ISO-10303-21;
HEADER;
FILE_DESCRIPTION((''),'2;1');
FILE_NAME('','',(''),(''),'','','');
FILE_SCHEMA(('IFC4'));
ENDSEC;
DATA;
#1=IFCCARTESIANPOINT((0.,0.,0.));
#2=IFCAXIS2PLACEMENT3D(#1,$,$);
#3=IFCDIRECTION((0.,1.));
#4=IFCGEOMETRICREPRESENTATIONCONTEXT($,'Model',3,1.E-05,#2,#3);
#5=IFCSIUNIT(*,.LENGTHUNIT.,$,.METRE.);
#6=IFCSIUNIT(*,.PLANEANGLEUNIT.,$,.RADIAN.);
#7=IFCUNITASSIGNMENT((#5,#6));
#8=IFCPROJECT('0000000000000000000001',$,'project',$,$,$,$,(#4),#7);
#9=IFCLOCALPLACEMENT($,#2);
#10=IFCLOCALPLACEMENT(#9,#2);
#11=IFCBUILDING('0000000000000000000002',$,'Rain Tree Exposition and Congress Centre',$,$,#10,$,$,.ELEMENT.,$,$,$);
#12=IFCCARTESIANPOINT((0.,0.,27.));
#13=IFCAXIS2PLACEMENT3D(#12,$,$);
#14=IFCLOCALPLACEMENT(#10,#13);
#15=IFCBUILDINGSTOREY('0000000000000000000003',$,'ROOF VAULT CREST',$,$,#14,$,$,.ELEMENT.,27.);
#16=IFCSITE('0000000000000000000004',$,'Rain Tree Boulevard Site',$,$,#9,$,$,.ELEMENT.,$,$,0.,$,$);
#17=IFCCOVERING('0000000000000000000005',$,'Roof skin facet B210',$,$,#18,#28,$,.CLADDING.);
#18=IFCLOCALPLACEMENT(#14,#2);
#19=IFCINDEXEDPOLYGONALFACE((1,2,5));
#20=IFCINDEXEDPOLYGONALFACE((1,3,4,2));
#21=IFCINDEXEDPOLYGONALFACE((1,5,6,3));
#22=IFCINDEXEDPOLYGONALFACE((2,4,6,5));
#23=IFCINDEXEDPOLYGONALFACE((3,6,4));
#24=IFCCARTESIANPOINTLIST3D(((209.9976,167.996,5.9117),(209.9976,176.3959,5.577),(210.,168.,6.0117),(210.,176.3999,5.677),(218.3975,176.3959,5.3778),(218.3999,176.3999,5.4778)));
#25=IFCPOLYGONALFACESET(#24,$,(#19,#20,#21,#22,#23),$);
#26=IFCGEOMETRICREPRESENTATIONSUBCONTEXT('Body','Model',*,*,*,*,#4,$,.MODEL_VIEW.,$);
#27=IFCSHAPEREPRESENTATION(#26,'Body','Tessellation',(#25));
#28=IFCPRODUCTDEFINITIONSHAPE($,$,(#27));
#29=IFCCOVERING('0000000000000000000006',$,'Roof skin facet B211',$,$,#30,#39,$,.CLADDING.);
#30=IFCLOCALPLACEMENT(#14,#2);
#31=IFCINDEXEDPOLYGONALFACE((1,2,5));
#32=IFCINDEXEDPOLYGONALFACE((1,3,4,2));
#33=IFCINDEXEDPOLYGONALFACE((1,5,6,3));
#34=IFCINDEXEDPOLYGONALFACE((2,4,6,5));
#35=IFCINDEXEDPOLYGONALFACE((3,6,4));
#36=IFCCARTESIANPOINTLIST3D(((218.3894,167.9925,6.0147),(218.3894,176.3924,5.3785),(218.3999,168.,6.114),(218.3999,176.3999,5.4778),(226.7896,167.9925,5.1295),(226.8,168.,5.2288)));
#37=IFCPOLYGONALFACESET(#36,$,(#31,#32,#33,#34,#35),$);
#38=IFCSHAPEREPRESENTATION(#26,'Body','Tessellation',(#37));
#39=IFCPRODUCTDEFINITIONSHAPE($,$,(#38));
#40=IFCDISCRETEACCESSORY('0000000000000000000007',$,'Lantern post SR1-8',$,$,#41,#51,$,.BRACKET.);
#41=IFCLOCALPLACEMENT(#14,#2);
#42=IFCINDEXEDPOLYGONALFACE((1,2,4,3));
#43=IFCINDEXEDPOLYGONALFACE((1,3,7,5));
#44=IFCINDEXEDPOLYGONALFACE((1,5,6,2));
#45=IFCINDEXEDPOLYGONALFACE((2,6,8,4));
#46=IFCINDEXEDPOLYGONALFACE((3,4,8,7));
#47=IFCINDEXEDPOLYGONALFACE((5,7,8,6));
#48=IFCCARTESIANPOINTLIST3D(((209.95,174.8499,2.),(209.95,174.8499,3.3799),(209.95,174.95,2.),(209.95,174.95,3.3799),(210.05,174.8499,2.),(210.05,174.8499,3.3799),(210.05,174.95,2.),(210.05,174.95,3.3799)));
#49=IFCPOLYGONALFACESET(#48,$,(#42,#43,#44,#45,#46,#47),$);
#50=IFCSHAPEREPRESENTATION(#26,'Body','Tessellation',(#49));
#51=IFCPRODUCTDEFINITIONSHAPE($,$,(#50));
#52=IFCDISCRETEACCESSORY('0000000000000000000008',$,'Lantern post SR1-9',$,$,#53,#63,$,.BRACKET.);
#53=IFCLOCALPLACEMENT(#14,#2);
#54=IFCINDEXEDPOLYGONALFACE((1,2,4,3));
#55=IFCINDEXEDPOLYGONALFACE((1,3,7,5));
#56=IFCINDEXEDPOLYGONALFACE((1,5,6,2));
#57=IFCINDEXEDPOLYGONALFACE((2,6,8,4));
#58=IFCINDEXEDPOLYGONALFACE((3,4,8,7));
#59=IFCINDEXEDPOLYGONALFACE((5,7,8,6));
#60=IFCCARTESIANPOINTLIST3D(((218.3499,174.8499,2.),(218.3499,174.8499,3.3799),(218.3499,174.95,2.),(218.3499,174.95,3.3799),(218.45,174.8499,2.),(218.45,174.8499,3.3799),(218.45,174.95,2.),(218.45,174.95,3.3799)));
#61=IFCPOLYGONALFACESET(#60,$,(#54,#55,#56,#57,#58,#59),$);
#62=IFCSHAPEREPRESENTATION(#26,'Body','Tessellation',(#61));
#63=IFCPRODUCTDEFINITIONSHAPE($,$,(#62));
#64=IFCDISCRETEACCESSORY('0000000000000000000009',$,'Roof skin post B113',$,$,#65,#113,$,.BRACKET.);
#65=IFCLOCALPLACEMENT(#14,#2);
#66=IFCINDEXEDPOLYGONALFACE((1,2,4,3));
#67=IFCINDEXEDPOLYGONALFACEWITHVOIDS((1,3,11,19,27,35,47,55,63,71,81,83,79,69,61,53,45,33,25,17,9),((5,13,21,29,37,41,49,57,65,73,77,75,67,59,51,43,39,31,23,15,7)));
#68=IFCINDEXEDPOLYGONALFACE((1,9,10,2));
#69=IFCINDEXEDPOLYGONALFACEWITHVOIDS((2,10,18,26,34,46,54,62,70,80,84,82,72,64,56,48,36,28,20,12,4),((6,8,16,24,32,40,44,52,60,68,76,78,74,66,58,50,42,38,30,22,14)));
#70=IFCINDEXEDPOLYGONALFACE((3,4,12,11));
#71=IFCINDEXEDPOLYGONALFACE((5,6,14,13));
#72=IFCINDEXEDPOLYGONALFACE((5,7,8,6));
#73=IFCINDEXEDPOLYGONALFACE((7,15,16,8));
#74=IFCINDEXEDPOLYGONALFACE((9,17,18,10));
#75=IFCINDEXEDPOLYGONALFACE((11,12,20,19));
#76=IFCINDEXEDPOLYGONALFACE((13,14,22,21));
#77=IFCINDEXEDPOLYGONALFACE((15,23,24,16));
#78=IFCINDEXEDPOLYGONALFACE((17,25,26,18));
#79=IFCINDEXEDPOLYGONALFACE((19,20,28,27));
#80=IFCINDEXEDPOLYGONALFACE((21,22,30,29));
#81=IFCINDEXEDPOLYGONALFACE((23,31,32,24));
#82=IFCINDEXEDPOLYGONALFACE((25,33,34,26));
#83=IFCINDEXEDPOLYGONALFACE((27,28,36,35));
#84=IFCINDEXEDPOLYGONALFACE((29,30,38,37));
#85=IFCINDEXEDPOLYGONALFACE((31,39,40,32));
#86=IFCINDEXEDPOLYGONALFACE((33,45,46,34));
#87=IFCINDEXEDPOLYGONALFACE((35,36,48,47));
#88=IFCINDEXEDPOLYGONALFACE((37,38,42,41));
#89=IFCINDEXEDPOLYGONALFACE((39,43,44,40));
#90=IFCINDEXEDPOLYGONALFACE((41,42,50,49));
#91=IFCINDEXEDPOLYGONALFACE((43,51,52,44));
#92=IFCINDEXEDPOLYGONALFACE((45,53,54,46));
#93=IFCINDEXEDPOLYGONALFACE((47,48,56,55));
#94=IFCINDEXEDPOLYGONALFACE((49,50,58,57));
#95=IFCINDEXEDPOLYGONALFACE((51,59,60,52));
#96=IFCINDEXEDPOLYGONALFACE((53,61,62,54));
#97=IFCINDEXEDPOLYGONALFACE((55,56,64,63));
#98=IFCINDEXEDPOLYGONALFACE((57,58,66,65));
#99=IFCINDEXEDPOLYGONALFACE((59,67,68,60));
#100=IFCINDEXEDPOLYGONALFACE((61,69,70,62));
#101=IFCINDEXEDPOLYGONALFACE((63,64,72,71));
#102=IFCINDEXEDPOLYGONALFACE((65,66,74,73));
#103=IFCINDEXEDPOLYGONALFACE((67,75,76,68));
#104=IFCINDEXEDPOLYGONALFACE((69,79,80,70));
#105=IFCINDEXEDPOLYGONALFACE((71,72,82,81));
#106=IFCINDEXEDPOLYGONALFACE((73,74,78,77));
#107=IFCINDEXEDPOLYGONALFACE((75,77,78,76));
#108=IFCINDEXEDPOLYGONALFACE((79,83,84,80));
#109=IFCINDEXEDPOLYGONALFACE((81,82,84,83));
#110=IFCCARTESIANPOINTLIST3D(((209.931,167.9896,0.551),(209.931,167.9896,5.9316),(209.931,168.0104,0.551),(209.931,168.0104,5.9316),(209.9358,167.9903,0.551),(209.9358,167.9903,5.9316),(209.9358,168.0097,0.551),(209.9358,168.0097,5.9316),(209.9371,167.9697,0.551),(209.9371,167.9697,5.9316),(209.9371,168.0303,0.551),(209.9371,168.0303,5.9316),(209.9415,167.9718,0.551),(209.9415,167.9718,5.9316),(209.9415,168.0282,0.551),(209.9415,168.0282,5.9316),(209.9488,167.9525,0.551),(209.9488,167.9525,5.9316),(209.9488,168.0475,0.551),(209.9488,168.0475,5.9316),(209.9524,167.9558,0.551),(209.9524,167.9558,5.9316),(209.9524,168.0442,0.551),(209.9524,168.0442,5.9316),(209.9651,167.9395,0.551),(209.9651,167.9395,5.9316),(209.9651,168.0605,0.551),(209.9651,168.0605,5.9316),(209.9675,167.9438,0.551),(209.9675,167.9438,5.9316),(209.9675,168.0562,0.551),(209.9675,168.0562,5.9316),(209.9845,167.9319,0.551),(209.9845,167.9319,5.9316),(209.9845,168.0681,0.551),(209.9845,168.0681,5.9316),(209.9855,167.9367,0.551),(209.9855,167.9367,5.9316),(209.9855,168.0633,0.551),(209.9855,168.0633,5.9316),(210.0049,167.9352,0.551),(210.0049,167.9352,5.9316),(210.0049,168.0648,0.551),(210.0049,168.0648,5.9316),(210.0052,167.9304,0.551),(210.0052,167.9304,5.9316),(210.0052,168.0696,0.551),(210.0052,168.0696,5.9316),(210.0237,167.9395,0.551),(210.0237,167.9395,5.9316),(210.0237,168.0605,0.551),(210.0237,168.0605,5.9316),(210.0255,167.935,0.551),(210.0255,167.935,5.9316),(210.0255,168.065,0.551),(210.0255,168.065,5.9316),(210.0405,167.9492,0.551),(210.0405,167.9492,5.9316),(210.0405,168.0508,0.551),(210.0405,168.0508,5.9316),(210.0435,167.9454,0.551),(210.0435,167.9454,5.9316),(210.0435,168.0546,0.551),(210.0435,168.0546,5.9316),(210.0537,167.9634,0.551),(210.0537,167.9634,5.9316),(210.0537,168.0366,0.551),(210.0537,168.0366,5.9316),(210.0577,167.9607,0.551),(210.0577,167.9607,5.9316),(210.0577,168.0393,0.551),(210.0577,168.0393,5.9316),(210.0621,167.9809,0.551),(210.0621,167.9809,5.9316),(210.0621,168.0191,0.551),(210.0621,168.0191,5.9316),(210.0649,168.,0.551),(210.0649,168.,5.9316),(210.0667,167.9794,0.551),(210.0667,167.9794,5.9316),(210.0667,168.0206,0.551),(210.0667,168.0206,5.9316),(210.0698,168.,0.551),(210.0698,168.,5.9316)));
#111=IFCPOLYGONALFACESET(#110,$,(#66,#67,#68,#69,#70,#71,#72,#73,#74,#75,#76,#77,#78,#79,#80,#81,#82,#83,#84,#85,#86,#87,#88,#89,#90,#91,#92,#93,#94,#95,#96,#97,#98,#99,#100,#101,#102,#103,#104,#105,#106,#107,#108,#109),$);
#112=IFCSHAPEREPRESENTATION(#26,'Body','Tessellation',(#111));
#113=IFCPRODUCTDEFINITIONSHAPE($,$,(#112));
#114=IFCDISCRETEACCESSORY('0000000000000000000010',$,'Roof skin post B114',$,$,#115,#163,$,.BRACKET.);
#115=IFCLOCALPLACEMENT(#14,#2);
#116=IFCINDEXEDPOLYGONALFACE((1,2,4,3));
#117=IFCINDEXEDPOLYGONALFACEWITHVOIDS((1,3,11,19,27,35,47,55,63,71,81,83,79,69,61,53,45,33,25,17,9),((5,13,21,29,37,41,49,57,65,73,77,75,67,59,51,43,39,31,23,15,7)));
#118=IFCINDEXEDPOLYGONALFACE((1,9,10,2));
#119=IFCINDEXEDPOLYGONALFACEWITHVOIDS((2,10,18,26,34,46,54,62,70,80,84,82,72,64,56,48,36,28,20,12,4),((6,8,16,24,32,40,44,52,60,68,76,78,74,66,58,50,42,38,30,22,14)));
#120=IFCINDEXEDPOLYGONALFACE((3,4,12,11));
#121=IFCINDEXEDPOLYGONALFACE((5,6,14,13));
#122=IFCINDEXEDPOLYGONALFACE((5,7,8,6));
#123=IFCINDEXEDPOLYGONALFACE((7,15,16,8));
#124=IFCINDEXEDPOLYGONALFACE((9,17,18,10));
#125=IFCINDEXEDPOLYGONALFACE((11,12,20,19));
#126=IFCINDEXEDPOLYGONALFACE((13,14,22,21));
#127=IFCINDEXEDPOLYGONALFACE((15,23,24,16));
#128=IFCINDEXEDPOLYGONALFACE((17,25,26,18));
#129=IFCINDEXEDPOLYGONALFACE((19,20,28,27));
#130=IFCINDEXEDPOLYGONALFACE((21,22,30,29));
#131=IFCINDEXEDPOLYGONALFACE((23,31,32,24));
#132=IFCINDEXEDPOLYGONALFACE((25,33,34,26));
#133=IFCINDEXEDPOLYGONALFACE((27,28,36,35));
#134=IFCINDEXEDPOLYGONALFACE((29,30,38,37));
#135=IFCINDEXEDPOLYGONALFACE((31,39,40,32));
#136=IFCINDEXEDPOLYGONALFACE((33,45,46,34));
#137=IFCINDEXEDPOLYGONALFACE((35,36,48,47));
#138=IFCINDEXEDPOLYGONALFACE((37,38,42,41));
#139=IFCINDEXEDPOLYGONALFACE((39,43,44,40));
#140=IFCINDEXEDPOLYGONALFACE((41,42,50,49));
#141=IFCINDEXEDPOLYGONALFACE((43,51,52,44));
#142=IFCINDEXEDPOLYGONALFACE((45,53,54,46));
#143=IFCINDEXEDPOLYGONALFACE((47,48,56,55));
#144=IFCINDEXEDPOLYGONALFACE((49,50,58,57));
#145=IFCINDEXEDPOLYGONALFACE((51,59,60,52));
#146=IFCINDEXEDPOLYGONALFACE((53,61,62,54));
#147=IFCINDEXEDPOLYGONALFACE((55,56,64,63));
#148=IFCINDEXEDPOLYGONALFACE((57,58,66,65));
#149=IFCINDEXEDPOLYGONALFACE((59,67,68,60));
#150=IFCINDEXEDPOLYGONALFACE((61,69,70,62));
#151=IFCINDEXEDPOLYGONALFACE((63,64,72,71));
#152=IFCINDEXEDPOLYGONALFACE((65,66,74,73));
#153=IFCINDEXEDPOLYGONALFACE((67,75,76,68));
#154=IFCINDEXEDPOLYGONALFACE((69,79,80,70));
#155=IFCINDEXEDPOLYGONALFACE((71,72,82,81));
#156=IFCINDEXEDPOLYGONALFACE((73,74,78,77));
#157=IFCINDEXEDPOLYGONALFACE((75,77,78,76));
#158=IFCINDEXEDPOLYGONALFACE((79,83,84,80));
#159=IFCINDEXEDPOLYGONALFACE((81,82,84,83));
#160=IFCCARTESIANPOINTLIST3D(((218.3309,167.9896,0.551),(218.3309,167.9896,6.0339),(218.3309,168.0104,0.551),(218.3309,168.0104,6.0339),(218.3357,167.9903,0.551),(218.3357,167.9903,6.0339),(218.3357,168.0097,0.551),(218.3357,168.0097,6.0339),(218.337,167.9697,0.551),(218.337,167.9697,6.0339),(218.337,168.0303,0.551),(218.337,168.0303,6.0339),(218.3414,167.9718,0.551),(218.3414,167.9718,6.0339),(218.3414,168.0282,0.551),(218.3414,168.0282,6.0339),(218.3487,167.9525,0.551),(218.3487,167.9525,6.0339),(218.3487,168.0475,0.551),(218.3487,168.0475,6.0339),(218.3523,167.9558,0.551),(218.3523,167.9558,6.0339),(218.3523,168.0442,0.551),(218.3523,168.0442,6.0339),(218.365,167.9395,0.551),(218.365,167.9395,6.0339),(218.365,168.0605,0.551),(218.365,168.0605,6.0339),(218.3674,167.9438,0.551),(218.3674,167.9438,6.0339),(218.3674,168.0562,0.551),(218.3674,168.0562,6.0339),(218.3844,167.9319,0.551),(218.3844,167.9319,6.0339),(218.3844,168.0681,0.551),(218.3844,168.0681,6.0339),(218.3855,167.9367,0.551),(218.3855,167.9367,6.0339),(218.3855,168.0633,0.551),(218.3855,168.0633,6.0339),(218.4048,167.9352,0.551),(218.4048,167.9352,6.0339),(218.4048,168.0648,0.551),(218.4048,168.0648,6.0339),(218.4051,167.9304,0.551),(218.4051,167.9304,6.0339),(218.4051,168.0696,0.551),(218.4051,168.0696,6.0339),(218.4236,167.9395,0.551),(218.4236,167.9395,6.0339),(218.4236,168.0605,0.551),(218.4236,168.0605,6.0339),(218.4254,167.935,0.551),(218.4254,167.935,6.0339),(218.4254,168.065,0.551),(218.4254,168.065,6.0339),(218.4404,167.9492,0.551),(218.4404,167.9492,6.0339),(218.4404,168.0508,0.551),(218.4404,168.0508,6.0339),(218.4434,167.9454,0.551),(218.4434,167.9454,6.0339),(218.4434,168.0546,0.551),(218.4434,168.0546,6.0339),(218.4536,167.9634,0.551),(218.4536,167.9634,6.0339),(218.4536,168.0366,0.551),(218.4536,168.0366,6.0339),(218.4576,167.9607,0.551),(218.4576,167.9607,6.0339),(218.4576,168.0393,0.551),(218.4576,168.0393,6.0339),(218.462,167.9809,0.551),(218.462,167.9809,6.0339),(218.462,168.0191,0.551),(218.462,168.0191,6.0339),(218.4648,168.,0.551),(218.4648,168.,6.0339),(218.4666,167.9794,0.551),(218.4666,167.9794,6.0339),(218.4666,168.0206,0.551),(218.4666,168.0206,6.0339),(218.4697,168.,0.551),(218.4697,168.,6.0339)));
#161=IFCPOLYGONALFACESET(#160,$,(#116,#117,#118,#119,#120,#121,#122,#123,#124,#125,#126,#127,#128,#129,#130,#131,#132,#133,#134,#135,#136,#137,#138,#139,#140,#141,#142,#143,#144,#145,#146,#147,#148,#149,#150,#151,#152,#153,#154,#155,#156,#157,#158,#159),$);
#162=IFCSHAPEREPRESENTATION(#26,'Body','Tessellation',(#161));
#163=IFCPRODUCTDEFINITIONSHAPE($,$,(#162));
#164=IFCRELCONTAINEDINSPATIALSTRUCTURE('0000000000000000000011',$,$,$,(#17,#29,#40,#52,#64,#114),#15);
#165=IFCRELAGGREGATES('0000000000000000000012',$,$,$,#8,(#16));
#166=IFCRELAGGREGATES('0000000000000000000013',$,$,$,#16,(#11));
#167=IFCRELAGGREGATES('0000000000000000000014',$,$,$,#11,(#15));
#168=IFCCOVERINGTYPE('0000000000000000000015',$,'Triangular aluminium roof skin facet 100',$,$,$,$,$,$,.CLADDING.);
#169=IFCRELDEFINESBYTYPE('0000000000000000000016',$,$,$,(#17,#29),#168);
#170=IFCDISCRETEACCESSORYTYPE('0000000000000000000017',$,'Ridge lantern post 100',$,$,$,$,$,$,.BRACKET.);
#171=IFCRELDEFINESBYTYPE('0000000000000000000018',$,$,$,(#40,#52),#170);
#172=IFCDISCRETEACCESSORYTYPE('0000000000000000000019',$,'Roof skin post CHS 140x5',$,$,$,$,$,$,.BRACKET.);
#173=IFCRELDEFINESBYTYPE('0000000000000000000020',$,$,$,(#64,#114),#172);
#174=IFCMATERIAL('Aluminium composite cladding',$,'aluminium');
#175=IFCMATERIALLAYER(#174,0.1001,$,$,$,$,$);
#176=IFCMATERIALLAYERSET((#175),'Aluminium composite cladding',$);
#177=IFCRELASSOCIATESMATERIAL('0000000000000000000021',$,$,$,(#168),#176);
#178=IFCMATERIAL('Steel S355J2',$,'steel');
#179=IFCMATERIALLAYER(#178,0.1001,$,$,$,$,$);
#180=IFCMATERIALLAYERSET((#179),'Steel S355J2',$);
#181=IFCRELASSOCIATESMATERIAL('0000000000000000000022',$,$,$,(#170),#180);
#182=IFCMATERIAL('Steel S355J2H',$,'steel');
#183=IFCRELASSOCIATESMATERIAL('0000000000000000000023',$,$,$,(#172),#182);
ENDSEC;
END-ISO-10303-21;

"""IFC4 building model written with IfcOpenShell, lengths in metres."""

from ifc_helpers import new_model, si_unit, direction, frame, origin, origin_2d, place, context, subcontext, project, spatial, polyline, rectangle, hollow_circle, outline, extrude, material, layer, layer_set, material_profile, profile_set, type_object, element, save


model = new_model("IFC4")

# Units and contexts
model_context = context("Model", 3, precision=1e-05, world=origin(), true_north=direction((0.0, 1.0)))
body_context = subcontext(model_context, "Body", "Model", "MODEL_VIEW")
ifc_project = project(units=[si_unit("LENGTHUNIT", "METRE"), si_unit("PLANEANGLEUNIT", "RADIAN")], contexts=[model_context])

# Site, building, storey
site_placement = place(None, origin())
site = spatial("IfcSite", under=ifc_project, at=site_placement, Name="Rain Tree Boulevard Site", CompositionType="ELEMENT", RefElevation=0.0)
building_placement = place(site_placement, origin())
building = spatial("IfcBuilding", under=site, at=building_placement, Name="Rain Tree Exposition and Congress Centre", CompositionType="ELEMENT")
storey_placement = place(building_placement, frame((0.0, 0.0, 27.0)))
storey = spatial("IfcBuildingStorey", under=building, at=storey_placement, Name="ROOF VAULT CREST", CompositionType="ELEMENT", Elevation=27.0)

# Coverings
ifc_material_1 = material(Name="Aluminium composite cladding", Category="aluminium")
ifc_layer_1 = layer(ifc_material_1, 0.1001)
ifc_layer_set_1 = layer_set([ifc_layer_1], Name="Aluminium composite cladding")
covering_type_1 = type_object("IfcCoveringType", Name="Triangular aluminium roof skin facet 100", PredefinedType="CLADDING", material=ifc_layer_set_1)
covering_1_placement = place(storey_placement, frame((210.0, 168.0, 6.0117), z_axis=(0.023691, 0.039805, 0.998927), x_axis=(0.706394, 0.706394, -0.044902)))
element("IfcCovering", 1, at=covering_1_placement, inside=storey, type_object=covering_type_1, Name="Roof skin facet B210", PredefinedType="CLADDING", context=body_context, shape_type="SweptSolid", body=[
    extrude(outline(polyline([(0.0, 0.0), (11.8912, 0.0), (5.9487, 5.94), (0.0, 0.0)])), origin(), (0.0, 0.0, -1.0), 0.1001),
])
covering_2_placement = place(storey_placement, frame((218.3999, 168.0, 6.114), z_axis=(0.104509, 0.075113, 0.991683), x_axis=(0.994493, 0.0, -0.104805)))
element("IfcCovering", 2, at=covering_2_placement, inside=storey, type_object=covering_type_1, Name="Roof skin facet B211", PredefinedType="CLADDING", context=body_context, shape_type="SweptSolid", body=[
    extrude(outline(polyline([(0.0, 0.0), (8.4467, 0.0), (0.0667, 8.4237), (0.0, 0.0)])), origin(), (0.0, 0.0, -1.0), 0.1001),
])

# Discrete accessories
ifc_material_2 = material(Name="Steel S355J2", Category="steel")
ifc_layer_2 = layer(ifc_material_2, 0.1001)
ifc_layer_set_2 = layer_set([ifc_layer_2], Name="Steel S355J2")
discrete_accessory_type_1 = type_object("IfcDiscreteAccessoryType", Name="Ridge lantern post 100", PredefinedType="BRACKET", material=ifc_layer_set_2)
for number, where, z_axis, x_axis, name in (
    (3, (210.0, 174.8999, 2.0), (0.0, 0.0, 1.0), (1.0, 0.0, 0.0), "Lantern post SR1-8"),
    (4, (218.3999, 174.8999, 2.0), (0.0, 0.0, 1.0), (1.0, 0.0, 0.0), "Lantern post SR1-9"),
):
    element("IfcDiscreteAccessory", number, at=place(storey_placement, frame(where, z_axis=z_axis, x_axis=x_axis)), inside=storey, type_object=discrete_accessory_type_1, Name=name, PredefinedType="BRACKET", context=body_context, shape_type="SweptSolid", body=[
        extrude(rectangle(XDim=0.1001, YDim=0.1001, at=origin_2d()), origin(), (0.0, 0.0, 1.0), 1.3799),
    ])
ifc_material_3 = material(Name="Steel S355J2H", Category="steel")
ifc_material_profile_1 = material_profile(ifc_material_3, hollow_circle(Radius=0.0698, WallThickness=0.0049, at=origin_2d()), Name="CHS 140x5")
ifc_profile_set_1 = profile_set([ifc_material_profile_1], Name="Steel S355J2H")
discrete_accessory_type_2 = type_object("IfcDiscreteAccessoryType", Name="Roof skin post CHS 140x5", PredefinedType="BRACKET", material=ifc_profile_set_1)
discrete_accessory_1_placement = place(storey_placement, frame((210.0, 168.0, 0.551), z_axis=(0.0, 0.0, 1.0), x_axis=(1.0, 0.0, 0.0)))
element("IfcDiscreteAccessory", 5, at=discrete_accessory_1_placement, inside=storey, type_object=discrete_accessory_type_2, Name="Roof skin post B113", PredefinedType="BRACKET", context=body_context, shape_type="SweptSolid", body=[
    extrude(hollow_circle(Radius=0.0698, WallThickness=0.0049, at=origin_2d()), origin(), (0.0, 0.0, 1.0), 5.3806),
])
discrete_accessory_2_placement = place(storey_placement, frame((218.3999, 168.0, 0.551), z_axis=(0.0, 0.0, 1.0), x_axis=(1.0, 0.0, 0.0)))
element("IfcDiscreteAccessory", 6, at=discrete_accessory_2_placement, inside=storey, type_object=discrete_accessory_type_2, Name="Roof skin post B114", PredefinedType="BRACKET", context=body_context, shape_type="SweptSolid", body=[
    extrude(hollow_circle(Radius=0.0698, WallThickness=0.0049, at=origin_2d()), origin(), (0.0, 0.0, 1.0), 5.4829),
])

save(model, "model.ifc")
